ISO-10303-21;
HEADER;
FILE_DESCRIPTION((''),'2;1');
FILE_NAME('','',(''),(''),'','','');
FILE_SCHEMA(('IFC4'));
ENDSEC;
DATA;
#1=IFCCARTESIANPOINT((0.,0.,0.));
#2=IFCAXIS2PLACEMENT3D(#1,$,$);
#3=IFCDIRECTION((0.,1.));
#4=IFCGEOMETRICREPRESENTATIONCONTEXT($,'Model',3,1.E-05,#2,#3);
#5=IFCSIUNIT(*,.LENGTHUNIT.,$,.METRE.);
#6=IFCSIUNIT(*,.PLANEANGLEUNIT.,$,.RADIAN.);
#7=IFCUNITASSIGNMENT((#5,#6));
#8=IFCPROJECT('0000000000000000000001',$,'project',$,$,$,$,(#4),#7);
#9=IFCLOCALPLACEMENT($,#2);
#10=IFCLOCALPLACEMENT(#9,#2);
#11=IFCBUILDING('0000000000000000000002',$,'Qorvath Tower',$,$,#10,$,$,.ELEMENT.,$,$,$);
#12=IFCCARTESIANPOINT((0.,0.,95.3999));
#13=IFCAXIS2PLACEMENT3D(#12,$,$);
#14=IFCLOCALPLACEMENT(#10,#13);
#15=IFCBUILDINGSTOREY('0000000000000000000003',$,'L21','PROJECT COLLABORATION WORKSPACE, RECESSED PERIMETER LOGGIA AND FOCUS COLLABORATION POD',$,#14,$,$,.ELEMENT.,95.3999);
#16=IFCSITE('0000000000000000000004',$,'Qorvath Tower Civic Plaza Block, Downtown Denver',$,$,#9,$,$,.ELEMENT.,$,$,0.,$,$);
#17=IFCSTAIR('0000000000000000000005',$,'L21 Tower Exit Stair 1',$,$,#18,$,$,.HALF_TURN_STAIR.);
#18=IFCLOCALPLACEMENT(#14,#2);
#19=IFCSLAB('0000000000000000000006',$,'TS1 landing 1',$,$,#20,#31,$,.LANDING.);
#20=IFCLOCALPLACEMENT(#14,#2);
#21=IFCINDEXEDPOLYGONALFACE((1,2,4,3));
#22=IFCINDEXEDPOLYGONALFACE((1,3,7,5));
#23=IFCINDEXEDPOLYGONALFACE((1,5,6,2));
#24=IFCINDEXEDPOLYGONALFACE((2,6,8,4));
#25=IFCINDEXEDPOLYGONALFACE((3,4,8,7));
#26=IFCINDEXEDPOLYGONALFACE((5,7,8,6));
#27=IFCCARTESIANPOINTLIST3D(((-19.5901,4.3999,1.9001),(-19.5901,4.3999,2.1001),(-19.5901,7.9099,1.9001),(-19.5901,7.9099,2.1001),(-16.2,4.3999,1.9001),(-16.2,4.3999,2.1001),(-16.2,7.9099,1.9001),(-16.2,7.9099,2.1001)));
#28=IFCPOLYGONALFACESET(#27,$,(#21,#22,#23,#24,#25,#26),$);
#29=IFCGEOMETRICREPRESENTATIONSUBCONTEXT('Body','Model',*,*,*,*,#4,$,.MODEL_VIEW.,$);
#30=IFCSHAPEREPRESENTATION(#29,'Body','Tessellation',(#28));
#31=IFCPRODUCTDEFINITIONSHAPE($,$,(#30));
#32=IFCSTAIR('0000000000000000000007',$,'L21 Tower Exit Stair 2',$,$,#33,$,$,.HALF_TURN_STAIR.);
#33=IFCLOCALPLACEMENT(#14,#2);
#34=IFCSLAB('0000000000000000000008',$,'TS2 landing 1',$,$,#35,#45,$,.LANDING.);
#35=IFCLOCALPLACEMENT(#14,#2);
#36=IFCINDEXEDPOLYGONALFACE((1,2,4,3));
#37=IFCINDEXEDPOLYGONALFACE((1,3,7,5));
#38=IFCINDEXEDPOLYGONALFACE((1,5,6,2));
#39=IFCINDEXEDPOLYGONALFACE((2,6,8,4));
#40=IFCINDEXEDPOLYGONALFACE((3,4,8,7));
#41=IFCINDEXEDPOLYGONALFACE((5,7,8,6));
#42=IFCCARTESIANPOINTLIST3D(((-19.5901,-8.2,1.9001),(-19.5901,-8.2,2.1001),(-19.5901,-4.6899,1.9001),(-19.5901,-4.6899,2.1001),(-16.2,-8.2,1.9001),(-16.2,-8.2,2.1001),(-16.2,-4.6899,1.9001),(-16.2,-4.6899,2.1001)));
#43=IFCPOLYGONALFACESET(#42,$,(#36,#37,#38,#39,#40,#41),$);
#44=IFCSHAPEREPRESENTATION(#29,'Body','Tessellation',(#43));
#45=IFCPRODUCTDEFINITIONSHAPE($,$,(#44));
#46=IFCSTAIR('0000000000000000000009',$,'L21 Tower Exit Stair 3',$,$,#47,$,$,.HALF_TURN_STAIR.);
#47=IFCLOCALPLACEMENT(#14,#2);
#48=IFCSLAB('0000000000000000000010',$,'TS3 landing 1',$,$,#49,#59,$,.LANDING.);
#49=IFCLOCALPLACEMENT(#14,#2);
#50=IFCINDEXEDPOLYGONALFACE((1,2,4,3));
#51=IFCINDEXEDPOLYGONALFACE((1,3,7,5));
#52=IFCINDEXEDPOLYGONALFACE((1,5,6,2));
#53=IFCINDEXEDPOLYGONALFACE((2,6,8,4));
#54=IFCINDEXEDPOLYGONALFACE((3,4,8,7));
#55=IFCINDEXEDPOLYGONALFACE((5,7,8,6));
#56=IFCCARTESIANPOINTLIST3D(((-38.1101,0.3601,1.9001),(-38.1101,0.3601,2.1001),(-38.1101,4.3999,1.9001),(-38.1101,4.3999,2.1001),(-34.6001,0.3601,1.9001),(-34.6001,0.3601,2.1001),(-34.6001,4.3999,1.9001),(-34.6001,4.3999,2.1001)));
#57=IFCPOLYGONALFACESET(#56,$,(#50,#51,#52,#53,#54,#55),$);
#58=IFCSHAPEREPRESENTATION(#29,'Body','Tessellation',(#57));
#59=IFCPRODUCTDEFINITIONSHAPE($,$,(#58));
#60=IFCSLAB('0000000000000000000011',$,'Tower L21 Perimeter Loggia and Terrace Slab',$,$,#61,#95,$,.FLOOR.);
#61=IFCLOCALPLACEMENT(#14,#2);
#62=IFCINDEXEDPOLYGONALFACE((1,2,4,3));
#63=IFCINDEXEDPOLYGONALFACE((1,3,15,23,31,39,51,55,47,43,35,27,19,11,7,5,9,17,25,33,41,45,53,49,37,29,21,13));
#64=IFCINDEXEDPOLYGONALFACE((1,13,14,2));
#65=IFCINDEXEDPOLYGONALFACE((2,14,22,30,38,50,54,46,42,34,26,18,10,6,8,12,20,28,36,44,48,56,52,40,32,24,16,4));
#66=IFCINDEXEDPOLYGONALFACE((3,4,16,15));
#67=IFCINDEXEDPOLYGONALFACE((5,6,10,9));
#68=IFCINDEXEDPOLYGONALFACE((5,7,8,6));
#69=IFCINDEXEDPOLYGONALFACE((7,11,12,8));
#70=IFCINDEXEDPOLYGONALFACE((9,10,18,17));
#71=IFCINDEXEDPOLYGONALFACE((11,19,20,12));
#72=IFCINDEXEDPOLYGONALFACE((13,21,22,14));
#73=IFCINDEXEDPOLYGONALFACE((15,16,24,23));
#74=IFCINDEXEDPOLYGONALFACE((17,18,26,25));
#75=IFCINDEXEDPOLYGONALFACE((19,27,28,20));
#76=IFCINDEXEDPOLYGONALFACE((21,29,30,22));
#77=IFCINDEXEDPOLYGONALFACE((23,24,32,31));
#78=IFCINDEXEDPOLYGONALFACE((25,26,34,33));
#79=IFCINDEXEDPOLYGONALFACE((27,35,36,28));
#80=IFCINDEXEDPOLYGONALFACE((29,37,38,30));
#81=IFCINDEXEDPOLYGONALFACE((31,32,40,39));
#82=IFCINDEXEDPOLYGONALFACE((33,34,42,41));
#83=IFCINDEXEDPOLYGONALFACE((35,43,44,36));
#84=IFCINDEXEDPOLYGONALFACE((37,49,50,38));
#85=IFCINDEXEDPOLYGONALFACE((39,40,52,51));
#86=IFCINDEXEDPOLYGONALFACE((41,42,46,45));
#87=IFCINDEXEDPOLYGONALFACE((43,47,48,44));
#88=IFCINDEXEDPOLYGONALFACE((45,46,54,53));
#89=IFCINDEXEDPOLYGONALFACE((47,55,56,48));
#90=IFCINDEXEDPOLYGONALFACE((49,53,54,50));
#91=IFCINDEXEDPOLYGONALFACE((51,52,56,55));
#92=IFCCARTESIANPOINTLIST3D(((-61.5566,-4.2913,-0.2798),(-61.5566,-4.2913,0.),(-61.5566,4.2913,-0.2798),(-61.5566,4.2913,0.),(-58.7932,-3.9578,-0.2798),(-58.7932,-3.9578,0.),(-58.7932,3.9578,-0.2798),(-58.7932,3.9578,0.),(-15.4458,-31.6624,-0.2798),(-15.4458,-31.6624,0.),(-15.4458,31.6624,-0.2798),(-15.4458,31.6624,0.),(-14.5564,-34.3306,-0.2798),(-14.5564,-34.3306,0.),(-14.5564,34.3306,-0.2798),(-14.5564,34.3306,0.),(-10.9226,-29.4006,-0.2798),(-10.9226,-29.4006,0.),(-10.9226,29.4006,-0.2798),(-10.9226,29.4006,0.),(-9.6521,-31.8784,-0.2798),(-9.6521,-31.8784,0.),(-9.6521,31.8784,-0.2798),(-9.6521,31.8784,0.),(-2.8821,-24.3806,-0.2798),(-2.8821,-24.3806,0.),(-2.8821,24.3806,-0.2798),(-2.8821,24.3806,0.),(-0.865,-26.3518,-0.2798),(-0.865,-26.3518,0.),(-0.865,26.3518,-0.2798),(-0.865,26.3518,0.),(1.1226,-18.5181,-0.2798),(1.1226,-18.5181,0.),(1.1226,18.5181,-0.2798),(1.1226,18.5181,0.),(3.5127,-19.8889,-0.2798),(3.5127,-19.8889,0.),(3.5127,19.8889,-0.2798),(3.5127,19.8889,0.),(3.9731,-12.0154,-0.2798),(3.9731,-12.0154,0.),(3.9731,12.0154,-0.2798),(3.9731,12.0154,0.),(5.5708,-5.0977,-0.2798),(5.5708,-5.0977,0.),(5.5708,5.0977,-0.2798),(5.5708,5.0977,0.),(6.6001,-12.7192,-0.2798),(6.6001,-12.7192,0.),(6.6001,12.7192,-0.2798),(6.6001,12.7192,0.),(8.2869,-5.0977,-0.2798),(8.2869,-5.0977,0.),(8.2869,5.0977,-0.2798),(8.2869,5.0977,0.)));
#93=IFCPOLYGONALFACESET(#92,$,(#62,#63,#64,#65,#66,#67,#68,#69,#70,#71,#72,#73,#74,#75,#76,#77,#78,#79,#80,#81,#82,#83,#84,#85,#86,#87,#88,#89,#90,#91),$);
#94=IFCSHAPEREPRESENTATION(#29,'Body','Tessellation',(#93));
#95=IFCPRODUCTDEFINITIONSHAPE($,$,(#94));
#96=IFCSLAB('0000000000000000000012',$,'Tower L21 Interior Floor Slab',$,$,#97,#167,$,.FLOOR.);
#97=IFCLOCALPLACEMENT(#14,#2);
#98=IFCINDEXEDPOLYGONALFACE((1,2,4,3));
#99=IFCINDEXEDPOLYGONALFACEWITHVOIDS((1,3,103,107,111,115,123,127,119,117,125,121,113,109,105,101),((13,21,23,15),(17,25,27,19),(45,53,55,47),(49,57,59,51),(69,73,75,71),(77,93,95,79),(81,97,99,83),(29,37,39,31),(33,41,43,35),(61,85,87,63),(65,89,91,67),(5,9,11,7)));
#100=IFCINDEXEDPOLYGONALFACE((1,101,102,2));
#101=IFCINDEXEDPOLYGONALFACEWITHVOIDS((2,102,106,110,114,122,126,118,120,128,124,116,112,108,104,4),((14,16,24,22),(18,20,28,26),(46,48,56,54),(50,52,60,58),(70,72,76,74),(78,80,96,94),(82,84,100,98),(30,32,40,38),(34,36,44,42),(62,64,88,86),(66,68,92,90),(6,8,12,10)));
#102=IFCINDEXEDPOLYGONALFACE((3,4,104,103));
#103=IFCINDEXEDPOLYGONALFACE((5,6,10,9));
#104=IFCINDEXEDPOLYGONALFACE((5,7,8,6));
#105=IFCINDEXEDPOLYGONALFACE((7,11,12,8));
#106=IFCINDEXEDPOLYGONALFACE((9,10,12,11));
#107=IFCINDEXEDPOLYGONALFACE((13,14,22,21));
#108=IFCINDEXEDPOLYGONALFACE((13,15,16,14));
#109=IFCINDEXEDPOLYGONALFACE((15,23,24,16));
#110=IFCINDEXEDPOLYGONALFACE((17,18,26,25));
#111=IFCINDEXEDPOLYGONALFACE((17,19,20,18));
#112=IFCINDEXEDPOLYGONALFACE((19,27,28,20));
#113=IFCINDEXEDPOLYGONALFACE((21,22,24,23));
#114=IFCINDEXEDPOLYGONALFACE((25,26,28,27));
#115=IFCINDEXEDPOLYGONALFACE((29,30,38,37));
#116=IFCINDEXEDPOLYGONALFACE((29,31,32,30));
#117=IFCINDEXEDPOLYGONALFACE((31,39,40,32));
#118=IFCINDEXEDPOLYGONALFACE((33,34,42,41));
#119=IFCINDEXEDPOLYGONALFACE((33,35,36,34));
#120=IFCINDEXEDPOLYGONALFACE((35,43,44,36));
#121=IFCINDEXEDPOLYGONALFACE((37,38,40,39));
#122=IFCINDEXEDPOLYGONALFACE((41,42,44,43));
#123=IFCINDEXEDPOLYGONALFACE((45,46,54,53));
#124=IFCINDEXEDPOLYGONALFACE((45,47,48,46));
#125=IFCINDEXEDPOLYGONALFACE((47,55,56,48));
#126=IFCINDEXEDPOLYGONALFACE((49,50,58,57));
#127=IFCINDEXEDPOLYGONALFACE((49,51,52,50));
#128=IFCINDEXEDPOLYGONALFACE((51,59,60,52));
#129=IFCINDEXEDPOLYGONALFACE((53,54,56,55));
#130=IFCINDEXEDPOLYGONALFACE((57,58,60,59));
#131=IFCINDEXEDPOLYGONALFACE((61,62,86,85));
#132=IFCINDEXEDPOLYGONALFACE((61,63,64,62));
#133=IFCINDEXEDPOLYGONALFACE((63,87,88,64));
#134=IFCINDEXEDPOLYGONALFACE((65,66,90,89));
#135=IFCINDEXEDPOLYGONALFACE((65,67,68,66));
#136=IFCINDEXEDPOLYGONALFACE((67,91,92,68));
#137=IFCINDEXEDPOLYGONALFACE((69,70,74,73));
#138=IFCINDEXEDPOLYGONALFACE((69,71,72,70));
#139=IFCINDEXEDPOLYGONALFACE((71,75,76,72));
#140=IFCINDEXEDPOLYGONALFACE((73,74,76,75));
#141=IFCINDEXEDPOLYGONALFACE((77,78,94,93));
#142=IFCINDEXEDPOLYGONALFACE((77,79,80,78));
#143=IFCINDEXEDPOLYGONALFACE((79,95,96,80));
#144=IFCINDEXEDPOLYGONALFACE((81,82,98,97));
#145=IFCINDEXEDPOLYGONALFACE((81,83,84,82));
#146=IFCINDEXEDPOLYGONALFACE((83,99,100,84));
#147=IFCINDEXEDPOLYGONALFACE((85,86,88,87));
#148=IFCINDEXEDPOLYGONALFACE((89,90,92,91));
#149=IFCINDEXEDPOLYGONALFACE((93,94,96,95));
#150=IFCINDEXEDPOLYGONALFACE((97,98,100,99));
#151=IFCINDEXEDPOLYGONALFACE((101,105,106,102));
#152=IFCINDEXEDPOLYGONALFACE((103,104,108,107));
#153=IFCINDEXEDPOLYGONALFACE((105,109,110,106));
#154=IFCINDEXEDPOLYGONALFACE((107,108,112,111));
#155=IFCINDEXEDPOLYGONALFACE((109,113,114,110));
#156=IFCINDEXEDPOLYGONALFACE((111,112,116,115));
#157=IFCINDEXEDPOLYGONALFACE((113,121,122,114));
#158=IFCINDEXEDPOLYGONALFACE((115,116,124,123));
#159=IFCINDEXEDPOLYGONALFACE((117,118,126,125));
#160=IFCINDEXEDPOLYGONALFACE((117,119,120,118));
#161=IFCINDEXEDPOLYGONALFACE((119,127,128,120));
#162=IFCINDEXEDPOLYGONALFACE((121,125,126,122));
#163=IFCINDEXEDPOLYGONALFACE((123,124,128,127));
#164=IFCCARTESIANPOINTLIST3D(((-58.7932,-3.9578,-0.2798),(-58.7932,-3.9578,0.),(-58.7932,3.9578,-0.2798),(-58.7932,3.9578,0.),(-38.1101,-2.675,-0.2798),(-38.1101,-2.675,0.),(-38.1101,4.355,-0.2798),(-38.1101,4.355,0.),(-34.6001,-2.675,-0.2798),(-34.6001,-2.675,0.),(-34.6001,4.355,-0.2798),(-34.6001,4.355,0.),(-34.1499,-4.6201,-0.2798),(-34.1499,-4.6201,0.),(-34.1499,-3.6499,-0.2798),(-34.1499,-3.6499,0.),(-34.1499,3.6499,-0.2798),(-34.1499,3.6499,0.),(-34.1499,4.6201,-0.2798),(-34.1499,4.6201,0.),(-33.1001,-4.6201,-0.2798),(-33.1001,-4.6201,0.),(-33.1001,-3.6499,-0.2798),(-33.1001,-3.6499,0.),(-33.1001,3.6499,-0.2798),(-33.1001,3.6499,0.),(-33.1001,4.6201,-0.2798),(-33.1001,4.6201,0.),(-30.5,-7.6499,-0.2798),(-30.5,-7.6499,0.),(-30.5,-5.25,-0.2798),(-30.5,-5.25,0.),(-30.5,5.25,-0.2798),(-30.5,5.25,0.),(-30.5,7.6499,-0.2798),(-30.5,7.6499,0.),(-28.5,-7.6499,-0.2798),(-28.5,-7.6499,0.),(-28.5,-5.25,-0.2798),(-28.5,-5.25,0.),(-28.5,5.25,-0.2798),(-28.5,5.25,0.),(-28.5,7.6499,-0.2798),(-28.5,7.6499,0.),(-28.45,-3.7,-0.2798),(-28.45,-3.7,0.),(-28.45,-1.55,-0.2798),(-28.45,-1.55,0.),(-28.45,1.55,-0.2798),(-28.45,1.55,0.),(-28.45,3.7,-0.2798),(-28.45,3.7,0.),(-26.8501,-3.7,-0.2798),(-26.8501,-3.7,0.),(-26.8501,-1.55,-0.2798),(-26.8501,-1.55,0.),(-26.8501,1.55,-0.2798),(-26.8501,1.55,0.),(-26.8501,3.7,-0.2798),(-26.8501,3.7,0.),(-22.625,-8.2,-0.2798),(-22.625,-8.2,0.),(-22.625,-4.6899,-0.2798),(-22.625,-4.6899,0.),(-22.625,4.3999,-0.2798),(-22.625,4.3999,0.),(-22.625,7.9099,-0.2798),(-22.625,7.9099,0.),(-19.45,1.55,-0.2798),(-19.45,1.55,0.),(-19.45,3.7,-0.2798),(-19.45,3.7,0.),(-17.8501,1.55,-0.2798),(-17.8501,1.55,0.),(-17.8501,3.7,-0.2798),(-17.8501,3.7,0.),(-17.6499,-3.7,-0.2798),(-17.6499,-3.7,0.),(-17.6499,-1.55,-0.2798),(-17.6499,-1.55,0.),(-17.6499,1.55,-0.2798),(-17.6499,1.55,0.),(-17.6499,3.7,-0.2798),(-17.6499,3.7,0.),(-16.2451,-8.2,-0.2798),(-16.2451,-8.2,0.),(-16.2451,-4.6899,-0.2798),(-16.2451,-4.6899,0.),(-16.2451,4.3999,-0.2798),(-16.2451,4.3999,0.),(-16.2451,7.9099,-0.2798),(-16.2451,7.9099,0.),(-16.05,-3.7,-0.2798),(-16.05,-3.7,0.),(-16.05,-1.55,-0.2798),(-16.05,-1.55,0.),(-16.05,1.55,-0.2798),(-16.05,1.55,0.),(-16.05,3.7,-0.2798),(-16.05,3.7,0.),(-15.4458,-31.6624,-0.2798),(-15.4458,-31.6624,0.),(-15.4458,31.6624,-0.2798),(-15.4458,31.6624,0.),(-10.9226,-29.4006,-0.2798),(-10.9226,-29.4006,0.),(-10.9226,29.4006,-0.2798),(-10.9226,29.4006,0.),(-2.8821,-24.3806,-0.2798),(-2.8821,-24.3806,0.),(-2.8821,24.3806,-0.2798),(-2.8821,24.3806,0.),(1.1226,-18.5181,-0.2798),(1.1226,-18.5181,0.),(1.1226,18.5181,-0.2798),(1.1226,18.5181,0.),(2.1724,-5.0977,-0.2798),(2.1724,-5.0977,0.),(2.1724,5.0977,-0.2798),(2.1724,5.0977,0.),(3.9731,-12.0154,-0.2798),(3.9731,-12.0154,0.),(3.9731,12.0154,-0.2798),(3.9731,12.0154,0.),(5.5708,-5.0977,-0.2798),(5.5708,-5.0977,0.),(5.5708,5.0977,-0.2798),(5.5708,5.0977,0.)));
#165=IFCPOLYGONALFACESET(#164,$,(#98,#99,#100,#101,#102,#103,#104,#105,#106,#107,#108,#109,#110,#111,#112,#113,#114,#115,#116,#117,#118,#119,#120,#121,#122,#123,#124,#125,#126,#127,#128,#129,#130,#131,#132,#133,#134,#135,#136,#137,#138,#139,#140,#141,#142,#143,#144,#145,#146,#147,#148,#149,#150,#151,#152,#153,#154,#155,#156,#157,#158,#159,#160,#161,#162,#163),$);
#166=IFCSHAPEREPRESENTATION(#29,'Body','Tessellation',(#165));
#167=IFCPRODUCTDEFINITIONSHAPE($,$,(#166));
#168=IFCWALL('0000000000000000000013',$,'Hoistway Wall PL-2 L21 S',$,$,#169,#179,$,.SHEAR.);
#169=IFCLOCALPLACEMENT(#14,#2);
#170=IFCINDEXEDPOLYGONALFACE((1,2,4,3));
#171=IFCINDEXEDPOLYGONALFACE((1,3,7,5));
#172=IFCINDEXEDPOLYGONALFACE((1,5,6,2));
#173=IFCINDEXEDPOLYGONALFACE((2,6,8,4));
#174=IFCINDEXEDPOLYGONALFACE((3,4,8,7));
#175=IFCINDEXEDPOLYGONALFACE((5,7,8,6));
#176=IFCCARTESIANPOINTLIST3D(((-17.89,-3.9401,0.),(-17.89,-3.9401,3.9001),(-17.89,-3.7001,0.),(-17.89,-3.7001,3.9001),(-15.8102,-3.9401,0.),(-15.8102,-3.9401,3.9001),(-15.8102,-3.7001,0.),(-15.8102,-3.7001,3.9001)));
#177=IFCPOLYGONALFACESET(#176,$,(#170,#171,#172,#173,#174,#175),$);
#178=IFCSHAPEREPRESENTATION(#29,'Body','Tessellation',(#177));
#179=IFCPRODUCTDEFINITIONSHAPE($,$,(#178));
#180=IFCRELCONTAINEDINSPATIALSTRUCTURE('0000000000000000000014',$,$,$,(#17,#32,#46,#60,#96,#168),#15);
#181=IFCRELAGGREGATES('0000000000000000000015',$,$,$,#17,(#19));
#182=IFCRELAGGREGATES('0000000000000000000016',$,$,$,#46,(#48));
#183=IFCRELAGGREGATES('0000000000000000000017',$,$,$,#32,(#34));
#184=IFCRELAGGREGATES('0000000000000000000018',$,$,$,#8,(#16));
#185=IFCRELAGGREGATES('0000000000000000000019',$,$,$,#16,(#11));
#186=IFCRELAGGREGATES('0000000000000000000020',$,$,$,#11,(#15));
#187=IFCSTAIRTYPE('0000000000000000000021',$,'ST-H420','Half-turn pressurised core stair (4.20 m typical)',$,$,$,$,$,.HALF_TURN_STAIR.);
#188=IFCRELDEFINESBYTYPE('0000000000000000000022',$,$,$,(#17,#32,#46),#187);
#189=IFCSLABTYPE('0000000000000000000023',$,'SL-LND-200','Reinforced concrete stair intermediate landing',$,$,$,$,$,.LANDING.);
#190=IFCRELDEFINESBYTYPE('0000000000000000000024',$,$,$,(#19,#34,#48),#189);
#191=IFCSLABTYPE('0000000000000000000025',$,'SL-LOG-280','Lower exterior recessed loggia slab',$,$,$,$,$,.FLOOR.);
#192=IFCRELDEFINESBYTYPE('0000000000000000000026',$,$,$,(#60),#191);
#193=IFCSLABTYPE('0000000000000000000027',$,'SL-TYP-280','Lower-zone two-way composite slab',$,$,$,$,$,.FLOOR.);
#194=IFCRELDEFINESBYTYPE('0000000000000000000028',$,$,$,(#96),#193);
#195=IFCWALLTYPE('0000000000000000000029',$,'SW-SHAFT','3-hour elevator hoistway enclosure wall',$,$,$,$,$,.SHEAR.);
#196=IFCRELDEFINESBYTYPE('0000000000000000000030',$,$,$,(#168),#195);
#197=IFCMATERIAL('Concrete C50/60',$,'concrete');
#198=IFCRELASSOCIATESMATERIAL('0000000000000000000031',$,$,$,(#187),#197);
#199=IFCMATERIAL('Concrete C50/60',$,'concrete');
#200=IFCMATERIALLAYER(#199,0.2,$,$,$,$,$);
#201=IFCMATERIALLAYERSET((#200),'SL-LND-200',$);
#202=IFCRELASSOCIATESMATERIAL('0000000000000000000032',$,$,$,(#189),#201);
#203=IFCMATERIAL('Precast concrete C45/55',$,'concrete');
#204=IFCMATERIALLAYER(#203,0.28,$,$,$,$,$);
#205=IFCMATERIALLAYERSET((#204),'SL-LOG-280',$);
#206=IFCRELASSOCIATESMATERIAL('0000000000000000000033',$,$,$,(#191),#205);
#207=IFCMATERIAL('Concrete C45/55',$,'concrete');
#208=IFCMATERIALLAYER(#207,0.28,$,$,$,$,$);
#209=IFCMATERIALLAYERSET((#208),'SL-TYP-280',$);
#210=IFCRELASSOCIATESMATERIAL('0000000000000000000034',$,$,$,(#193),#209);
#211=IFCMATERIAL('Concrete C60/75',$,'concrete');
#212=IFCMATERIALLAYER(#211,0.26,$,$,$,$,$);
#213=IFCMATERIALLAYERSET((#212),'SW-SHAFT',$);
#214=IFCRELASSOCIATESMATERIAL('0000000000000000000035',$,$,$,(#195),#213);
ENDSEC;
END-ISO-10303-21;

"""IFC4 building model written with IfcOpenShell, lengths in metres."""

from ifc_helpers import new_model, si_unit, direction, frame, frame_2d, origin, place, context, subcontext, project, spatial, polyline, rectangle, outline, extrude, material, layer, layer_set, type_object, element, aggregate, save


model = new_model("IFC4")

# Units and contexts
model_context = context("Model", 3, precision=1e-05, world=origin(), true_north=direction((0.0, 1.0)))
body_context = subcontext(model_context, "Body", "Model", "MODEL_VIEW")
ifc_project = project(units=[si_unit("LENGTHUNIT", "METRE"), si_unit("PLANEANGLEUNIT", "RADIAN")], contexts=[model_context])

# Site, building, storey
site_placement = place(None, origin())
site = spatial("IfcSite", under=ifc_project, at=site_placement, Name="Qorvath Tower Civic Plaza Block, Downtown Denver", CompositionType="ELEMENT", RefElevation=0.0)
building_placement = place(site_placement, origin())
building = spatial("IfcBuilding", under=site, at=building_placement, Name="Qorvath Tower", CompositionType="ELEMENT")
storey_placement = place(building_placement, frame((0.0, 0.0, 95.3999)))
storey = spatial("IfcBuildingStorey", under=building, at=storey_placement, Name="L21", Description="PROJECT COLLABORATION WORKSPACE, RECESSED PERIMETER LOGGIA AND FOCUS COLLABORATION POD", CompositionType="ELEMENT", Elevation=95.3999)

# Stairs, slabs
ifc_material_1 = material(Name="Concrete C50/60", Category="concrete")
stair_type = type_object("IfcStairType", Name="ST-H420", Description="Half-turn pressurised core stair (4.20 m typical)", PredefinedType="HALF_TURN_STAIR", material=ifc_material_1)
stair_1_placement = place(storey_placement, origin())
stair_1 = element("IfcStair", 1, at=stair_1_placement, inside=storey, type_object=stair_type, Name="L21 Tower Exit Stair 1", PredefinedType="HALF_TURN_STAIR")
ifc_material_2 = material(Name="Concrete C50/60", Category="concrete")
ifc_layer_1 = layer(ifc_material_2, 0.2)
ifc_layer_set_1 = layer_set([ifc_layer_1], Name="SL-LND-200")
slab_type_1 = type_object("IfcSlabType", Name="SL-LND-200", Description="Reinforced concrete stair intermediate landing", PredefinedType="LANDING", material=ifc_layer_set_1)
slab_1_placement = place(storey_placement, frame((0.0, 0.0, 1.9001)))
slab_1 = element("IfcSlab", 2, at=slab_1_placement, type_object=slab_type_1, Name="TS1 landing 1", PredefinedType="LANDING", context=body_context, shape_type="SweptSolid", body=[
    extrude(outline(polyline([(-19.5901, 4.3999), (-16.2, 4.3999), (-16.2, 7.9099), (-19.5901, 7.9099), (-19.5901, 4.3999)])), origin(), (0.0, 0.0, 1.0), 0.2),
])
aggregate(stair_1, [slab_1])
stair_2_placement = place(storey_placement, origin())
stair_2 = element("IfcStair", 3, at=stair_2_placement, inside=storey, type_object=stair_type, Name="L21 Tower Exit Stair 2", PredefinedType="HALF_TURN_STAIR")
slab_2_placement = place(storey_placement, frame((0.0, 0.0, 1.9001)))
slab_2 = element("IfcSlab", 4, at=slab_2_placement, type_object=slab_type_1, Name="TS2 landing 1", PredefinedType="LANDING", context=body_context, shape_type="SweptSolid", body=[
    extrude(outline(polyline([(-19.5901, -8.2), (-16.2, -8.2), (-16.2, -4.6899), (-19.5901, -4.6899), (-19.5901, -8.2)])), origin(), (0.0, 0.0, 1.0), 0.2),
])
stair_3_placement = place(storey_placement, origin())
stair_3 = element("IfcStair", 5, at=stair_3_placement, inside=storey, type_object=stair_type, Name="L21 Tower Exit Stair 3", PredefinedType="HALF_TURN_STAIR")
slab_3_placement = place(storey_placement, frame((0.0, 0.0, 1.9001)))
slab_3 = element("IfcSlab", 6, at=slab_3_placement, type_object=slab_type_1, Name="TS3 landing 1", PredefinedType="LANDING", context=body_context, shape_type="SweptSolid", body=[
    extrude(outline(polyline([(-34.6001, 0.3601), (-34.6001, 4.3999), (-38.1101, 4.3999), (-38.1101, 0.3601), (-34.6001, 0.3601)])), origin(), (0.0, 0.0, 1.0), 0.2),
])
aggregate(stair_3, [slab_3])

# Slabs
ifc_material_3 = material(Name="Precast concrete C45/55", Category="concrete")
ifc_layer_2 = layer(ifc_material_3, 0.28)
ifc_layer_set_2 = layer_set([ifc_layer_2], Name="SL-LOG-280")
slab_type_2 = type_object("IfcSlabType", Name="SL-LOG-280", Description="Lower exterior recessed loggia slab", PredefinedType="FLOOR", material=ifc_layer_set_2)
slab_4_placement = place(storey_placement, frame((0.0, 0.0, -0.2798)))
element("IfcSlab", 7, at=slab_4_placement, inside=storey, type_object=slab_type_2, Name="Tower L21 Perimeter Loggia and Terrace Slab", PredefinedType="FLOOR", context=body_context, shape_type="SweptSolid", body=[
    extrude(outline(polyline([(5.5708, -5.0977), (3.9731, -12.0154), (1.1226, -18.5181), (-2.8821, -24.3806), (-10.9226, -29.4006), (-15.4458, -31.6624), (-58.7932, -3.9578), (-58.7932, 3.9578), (-15.4458, 31.6624), (-10.9226, 29.4006), (-2.8821, 24.3806), (1.1226, 18.5181), (3.9731, 12.0154), (5.5708, 5.0977), (8.2869, 5.0977), (6.6001, 12.7192), (3.5127, 19.8889), (-0.865, 26.3518), (-9.6521, 31.8784), (-14.5564, 34.3306), (-61.5566, 4.2913), (-61.5566, -4.2913), (-14.5564, -34.3306), (-9.6521, -31.8784), (-0.865, -26.3518), (3.5127, -19.8889), (6.6001, -12.7192), (8.2869, -5.0977), (5.5708, -5.0977)])), origin(), (0.0, 0.0, 1.0), 0.2798),
])
ifc_material_4 = material(Name="Concrete C45/55", Category="concrete")
ifc_layer_3 = layer(ifc_material_4, 0.28)
ifc_layer_set_3 = layer_set([ifc_layer_3], Name="SL-TYP-280")
slab_type_3 = type_object("IfcSlabType", Name="SL-TYP-280", Description="Lower-zone two-way composite slab", PredefinedType="FLOOR", material=ifc_layer_set_3)
slab_5_placement = place(storey_placement, frame((0.0, 0.0, -0.2798)))
element("IfcSlab", 8, at=slab_5_placement, inside=storey, type_object=slab_type_3, Name="Tower L21 Interior Floor Slab", PredefinedType="FLOOR", context=body_context, shape_type="SweptSolid", body=[
    extrude(outline(polyline([(-58.7932, 3.9578), (-58.7932, -3.9578), (-15.4458, -31.6624), (-10.9226, -29.4006), (-2.8821, -24.3806), (1.1226, -18.5181), (3.9731, -12.0154), (5.5708, -5.0977), (2.1724, -5.0977), (2.1724, 5.0977), (5.5708, 5.0977), (3.9731, 12.0154), (1.1226, 18.5181), (-2.8821, 24.3806), (-10.9226, 29.4006), (-15.4458, 31.6624), (-58.7932, 3.9578)]), holes=[polyline([(-17.6499, -3.7), (-17.6499, -1.55), (-16.05, -1.55), (-16.05, -3.7), (-17.6499, -3.7)]), polyline([(-17.6499, 1.55), (-17.6499, 3.7), (-16.05, 3.7), (-16.05, 1.55), (-17.6499, 1.55)]), polyline([(-16.2451, -8.2), (-22.625, -8.2), (-22.625, -4.6899), (-16.2451, -4.6899), (-16.2451, -8.2)]), polyline([(-22.625, 4.3999), (-22.625, 7.9099), (-16.2451, 7.9099), (-16.2451, 4.3999), (-22.625, 4.3999)]), polyline([(-17.8501, 1.55), (-19.45, 1.55), (-19.45, 3.7), (-17.8501, 3.7), (-17.8501, 1.55)]), polyline([(-28.45, -3.7), (-28.45, -1.55), (-26.8501, -1.55), (-26.8501, -3.7), (-28.45, -3.7)]), polyline([(-26.8501, 1.55), (-28.45, 1.55), (-28.45, 3.7), (-26.8501, 3.7), (-26.8501, 1.55)]), polyline([(-28.5, -7.6499), (-30.5, -7.6499), (-30.5, -5.25), (-28.5, -5.25), (-28.5, -7.6499)]), polyline([(-30.5, 5.25), (-30.5, 7.6499), (-28.5, 7.6499), (-28.5, 5.25), (-30.5, 5.25)]), polyline([(-34.1499, -4.6201), (-34.1499, -3.6499), (-33.1001, -3.6499), (-33.1001, -4.6201), (-34.1499, -4.6201)]), polyline([(-34.1499, 3.6499), (-34.1499, 4.6201), (-33.1001, 4.6201), (-33.1001, 3.6499), (-34.1499, 3.6499)]), polyline([(-34.6001, -2.675), (-38.1101, -2.675), (-38.1101, 4.355), (-34.6001, 4.355), (-34.6001, -2.675)])]), origin(), (0.0, 0.0, 1.0), 0.2798),
])

# Wall
ifc_material_5 = material(Name="Concrete C60/75", Category="concrete")
ifc_layer_4 = layer(ifc_material_5, 0.26)
ifc_layer_set_4 = layer_set([ifc_layer_4], Name="SW-SHAFT")
wall_type_1 = type_object("IfcWallType", Name="SW-SHAFT", Description="3-hour elevator hoistway enclosure wall", PredefinedType="SHEAR", material=ifc_layer_set_4)
wall_1_placement = place(storey_placement, frame((-15.8101, -3.8201, 0.0), z_axis=(0.0, 0.0, 1.0), x_axis=(-1.0, 0.0, 0.0)))
element("IfcWall", 9, at=wall_1_placement, inside=storey, type_object=wall_type_1, Name="Hoistway Wall PL-2 L21 S", PredefinedType="SHEAR", context=body_context, shape_type="SweptSolid", body=[
    extrude(rectangle(XDim=2.0798, YDim=0.24, at=frame_2d((1.04, 0.0))), origin(), (0.0, 0.0, 1.0), 3.9001),
])

aggregate(stair_2, [slab_2])

save(model, "model.ifc")
